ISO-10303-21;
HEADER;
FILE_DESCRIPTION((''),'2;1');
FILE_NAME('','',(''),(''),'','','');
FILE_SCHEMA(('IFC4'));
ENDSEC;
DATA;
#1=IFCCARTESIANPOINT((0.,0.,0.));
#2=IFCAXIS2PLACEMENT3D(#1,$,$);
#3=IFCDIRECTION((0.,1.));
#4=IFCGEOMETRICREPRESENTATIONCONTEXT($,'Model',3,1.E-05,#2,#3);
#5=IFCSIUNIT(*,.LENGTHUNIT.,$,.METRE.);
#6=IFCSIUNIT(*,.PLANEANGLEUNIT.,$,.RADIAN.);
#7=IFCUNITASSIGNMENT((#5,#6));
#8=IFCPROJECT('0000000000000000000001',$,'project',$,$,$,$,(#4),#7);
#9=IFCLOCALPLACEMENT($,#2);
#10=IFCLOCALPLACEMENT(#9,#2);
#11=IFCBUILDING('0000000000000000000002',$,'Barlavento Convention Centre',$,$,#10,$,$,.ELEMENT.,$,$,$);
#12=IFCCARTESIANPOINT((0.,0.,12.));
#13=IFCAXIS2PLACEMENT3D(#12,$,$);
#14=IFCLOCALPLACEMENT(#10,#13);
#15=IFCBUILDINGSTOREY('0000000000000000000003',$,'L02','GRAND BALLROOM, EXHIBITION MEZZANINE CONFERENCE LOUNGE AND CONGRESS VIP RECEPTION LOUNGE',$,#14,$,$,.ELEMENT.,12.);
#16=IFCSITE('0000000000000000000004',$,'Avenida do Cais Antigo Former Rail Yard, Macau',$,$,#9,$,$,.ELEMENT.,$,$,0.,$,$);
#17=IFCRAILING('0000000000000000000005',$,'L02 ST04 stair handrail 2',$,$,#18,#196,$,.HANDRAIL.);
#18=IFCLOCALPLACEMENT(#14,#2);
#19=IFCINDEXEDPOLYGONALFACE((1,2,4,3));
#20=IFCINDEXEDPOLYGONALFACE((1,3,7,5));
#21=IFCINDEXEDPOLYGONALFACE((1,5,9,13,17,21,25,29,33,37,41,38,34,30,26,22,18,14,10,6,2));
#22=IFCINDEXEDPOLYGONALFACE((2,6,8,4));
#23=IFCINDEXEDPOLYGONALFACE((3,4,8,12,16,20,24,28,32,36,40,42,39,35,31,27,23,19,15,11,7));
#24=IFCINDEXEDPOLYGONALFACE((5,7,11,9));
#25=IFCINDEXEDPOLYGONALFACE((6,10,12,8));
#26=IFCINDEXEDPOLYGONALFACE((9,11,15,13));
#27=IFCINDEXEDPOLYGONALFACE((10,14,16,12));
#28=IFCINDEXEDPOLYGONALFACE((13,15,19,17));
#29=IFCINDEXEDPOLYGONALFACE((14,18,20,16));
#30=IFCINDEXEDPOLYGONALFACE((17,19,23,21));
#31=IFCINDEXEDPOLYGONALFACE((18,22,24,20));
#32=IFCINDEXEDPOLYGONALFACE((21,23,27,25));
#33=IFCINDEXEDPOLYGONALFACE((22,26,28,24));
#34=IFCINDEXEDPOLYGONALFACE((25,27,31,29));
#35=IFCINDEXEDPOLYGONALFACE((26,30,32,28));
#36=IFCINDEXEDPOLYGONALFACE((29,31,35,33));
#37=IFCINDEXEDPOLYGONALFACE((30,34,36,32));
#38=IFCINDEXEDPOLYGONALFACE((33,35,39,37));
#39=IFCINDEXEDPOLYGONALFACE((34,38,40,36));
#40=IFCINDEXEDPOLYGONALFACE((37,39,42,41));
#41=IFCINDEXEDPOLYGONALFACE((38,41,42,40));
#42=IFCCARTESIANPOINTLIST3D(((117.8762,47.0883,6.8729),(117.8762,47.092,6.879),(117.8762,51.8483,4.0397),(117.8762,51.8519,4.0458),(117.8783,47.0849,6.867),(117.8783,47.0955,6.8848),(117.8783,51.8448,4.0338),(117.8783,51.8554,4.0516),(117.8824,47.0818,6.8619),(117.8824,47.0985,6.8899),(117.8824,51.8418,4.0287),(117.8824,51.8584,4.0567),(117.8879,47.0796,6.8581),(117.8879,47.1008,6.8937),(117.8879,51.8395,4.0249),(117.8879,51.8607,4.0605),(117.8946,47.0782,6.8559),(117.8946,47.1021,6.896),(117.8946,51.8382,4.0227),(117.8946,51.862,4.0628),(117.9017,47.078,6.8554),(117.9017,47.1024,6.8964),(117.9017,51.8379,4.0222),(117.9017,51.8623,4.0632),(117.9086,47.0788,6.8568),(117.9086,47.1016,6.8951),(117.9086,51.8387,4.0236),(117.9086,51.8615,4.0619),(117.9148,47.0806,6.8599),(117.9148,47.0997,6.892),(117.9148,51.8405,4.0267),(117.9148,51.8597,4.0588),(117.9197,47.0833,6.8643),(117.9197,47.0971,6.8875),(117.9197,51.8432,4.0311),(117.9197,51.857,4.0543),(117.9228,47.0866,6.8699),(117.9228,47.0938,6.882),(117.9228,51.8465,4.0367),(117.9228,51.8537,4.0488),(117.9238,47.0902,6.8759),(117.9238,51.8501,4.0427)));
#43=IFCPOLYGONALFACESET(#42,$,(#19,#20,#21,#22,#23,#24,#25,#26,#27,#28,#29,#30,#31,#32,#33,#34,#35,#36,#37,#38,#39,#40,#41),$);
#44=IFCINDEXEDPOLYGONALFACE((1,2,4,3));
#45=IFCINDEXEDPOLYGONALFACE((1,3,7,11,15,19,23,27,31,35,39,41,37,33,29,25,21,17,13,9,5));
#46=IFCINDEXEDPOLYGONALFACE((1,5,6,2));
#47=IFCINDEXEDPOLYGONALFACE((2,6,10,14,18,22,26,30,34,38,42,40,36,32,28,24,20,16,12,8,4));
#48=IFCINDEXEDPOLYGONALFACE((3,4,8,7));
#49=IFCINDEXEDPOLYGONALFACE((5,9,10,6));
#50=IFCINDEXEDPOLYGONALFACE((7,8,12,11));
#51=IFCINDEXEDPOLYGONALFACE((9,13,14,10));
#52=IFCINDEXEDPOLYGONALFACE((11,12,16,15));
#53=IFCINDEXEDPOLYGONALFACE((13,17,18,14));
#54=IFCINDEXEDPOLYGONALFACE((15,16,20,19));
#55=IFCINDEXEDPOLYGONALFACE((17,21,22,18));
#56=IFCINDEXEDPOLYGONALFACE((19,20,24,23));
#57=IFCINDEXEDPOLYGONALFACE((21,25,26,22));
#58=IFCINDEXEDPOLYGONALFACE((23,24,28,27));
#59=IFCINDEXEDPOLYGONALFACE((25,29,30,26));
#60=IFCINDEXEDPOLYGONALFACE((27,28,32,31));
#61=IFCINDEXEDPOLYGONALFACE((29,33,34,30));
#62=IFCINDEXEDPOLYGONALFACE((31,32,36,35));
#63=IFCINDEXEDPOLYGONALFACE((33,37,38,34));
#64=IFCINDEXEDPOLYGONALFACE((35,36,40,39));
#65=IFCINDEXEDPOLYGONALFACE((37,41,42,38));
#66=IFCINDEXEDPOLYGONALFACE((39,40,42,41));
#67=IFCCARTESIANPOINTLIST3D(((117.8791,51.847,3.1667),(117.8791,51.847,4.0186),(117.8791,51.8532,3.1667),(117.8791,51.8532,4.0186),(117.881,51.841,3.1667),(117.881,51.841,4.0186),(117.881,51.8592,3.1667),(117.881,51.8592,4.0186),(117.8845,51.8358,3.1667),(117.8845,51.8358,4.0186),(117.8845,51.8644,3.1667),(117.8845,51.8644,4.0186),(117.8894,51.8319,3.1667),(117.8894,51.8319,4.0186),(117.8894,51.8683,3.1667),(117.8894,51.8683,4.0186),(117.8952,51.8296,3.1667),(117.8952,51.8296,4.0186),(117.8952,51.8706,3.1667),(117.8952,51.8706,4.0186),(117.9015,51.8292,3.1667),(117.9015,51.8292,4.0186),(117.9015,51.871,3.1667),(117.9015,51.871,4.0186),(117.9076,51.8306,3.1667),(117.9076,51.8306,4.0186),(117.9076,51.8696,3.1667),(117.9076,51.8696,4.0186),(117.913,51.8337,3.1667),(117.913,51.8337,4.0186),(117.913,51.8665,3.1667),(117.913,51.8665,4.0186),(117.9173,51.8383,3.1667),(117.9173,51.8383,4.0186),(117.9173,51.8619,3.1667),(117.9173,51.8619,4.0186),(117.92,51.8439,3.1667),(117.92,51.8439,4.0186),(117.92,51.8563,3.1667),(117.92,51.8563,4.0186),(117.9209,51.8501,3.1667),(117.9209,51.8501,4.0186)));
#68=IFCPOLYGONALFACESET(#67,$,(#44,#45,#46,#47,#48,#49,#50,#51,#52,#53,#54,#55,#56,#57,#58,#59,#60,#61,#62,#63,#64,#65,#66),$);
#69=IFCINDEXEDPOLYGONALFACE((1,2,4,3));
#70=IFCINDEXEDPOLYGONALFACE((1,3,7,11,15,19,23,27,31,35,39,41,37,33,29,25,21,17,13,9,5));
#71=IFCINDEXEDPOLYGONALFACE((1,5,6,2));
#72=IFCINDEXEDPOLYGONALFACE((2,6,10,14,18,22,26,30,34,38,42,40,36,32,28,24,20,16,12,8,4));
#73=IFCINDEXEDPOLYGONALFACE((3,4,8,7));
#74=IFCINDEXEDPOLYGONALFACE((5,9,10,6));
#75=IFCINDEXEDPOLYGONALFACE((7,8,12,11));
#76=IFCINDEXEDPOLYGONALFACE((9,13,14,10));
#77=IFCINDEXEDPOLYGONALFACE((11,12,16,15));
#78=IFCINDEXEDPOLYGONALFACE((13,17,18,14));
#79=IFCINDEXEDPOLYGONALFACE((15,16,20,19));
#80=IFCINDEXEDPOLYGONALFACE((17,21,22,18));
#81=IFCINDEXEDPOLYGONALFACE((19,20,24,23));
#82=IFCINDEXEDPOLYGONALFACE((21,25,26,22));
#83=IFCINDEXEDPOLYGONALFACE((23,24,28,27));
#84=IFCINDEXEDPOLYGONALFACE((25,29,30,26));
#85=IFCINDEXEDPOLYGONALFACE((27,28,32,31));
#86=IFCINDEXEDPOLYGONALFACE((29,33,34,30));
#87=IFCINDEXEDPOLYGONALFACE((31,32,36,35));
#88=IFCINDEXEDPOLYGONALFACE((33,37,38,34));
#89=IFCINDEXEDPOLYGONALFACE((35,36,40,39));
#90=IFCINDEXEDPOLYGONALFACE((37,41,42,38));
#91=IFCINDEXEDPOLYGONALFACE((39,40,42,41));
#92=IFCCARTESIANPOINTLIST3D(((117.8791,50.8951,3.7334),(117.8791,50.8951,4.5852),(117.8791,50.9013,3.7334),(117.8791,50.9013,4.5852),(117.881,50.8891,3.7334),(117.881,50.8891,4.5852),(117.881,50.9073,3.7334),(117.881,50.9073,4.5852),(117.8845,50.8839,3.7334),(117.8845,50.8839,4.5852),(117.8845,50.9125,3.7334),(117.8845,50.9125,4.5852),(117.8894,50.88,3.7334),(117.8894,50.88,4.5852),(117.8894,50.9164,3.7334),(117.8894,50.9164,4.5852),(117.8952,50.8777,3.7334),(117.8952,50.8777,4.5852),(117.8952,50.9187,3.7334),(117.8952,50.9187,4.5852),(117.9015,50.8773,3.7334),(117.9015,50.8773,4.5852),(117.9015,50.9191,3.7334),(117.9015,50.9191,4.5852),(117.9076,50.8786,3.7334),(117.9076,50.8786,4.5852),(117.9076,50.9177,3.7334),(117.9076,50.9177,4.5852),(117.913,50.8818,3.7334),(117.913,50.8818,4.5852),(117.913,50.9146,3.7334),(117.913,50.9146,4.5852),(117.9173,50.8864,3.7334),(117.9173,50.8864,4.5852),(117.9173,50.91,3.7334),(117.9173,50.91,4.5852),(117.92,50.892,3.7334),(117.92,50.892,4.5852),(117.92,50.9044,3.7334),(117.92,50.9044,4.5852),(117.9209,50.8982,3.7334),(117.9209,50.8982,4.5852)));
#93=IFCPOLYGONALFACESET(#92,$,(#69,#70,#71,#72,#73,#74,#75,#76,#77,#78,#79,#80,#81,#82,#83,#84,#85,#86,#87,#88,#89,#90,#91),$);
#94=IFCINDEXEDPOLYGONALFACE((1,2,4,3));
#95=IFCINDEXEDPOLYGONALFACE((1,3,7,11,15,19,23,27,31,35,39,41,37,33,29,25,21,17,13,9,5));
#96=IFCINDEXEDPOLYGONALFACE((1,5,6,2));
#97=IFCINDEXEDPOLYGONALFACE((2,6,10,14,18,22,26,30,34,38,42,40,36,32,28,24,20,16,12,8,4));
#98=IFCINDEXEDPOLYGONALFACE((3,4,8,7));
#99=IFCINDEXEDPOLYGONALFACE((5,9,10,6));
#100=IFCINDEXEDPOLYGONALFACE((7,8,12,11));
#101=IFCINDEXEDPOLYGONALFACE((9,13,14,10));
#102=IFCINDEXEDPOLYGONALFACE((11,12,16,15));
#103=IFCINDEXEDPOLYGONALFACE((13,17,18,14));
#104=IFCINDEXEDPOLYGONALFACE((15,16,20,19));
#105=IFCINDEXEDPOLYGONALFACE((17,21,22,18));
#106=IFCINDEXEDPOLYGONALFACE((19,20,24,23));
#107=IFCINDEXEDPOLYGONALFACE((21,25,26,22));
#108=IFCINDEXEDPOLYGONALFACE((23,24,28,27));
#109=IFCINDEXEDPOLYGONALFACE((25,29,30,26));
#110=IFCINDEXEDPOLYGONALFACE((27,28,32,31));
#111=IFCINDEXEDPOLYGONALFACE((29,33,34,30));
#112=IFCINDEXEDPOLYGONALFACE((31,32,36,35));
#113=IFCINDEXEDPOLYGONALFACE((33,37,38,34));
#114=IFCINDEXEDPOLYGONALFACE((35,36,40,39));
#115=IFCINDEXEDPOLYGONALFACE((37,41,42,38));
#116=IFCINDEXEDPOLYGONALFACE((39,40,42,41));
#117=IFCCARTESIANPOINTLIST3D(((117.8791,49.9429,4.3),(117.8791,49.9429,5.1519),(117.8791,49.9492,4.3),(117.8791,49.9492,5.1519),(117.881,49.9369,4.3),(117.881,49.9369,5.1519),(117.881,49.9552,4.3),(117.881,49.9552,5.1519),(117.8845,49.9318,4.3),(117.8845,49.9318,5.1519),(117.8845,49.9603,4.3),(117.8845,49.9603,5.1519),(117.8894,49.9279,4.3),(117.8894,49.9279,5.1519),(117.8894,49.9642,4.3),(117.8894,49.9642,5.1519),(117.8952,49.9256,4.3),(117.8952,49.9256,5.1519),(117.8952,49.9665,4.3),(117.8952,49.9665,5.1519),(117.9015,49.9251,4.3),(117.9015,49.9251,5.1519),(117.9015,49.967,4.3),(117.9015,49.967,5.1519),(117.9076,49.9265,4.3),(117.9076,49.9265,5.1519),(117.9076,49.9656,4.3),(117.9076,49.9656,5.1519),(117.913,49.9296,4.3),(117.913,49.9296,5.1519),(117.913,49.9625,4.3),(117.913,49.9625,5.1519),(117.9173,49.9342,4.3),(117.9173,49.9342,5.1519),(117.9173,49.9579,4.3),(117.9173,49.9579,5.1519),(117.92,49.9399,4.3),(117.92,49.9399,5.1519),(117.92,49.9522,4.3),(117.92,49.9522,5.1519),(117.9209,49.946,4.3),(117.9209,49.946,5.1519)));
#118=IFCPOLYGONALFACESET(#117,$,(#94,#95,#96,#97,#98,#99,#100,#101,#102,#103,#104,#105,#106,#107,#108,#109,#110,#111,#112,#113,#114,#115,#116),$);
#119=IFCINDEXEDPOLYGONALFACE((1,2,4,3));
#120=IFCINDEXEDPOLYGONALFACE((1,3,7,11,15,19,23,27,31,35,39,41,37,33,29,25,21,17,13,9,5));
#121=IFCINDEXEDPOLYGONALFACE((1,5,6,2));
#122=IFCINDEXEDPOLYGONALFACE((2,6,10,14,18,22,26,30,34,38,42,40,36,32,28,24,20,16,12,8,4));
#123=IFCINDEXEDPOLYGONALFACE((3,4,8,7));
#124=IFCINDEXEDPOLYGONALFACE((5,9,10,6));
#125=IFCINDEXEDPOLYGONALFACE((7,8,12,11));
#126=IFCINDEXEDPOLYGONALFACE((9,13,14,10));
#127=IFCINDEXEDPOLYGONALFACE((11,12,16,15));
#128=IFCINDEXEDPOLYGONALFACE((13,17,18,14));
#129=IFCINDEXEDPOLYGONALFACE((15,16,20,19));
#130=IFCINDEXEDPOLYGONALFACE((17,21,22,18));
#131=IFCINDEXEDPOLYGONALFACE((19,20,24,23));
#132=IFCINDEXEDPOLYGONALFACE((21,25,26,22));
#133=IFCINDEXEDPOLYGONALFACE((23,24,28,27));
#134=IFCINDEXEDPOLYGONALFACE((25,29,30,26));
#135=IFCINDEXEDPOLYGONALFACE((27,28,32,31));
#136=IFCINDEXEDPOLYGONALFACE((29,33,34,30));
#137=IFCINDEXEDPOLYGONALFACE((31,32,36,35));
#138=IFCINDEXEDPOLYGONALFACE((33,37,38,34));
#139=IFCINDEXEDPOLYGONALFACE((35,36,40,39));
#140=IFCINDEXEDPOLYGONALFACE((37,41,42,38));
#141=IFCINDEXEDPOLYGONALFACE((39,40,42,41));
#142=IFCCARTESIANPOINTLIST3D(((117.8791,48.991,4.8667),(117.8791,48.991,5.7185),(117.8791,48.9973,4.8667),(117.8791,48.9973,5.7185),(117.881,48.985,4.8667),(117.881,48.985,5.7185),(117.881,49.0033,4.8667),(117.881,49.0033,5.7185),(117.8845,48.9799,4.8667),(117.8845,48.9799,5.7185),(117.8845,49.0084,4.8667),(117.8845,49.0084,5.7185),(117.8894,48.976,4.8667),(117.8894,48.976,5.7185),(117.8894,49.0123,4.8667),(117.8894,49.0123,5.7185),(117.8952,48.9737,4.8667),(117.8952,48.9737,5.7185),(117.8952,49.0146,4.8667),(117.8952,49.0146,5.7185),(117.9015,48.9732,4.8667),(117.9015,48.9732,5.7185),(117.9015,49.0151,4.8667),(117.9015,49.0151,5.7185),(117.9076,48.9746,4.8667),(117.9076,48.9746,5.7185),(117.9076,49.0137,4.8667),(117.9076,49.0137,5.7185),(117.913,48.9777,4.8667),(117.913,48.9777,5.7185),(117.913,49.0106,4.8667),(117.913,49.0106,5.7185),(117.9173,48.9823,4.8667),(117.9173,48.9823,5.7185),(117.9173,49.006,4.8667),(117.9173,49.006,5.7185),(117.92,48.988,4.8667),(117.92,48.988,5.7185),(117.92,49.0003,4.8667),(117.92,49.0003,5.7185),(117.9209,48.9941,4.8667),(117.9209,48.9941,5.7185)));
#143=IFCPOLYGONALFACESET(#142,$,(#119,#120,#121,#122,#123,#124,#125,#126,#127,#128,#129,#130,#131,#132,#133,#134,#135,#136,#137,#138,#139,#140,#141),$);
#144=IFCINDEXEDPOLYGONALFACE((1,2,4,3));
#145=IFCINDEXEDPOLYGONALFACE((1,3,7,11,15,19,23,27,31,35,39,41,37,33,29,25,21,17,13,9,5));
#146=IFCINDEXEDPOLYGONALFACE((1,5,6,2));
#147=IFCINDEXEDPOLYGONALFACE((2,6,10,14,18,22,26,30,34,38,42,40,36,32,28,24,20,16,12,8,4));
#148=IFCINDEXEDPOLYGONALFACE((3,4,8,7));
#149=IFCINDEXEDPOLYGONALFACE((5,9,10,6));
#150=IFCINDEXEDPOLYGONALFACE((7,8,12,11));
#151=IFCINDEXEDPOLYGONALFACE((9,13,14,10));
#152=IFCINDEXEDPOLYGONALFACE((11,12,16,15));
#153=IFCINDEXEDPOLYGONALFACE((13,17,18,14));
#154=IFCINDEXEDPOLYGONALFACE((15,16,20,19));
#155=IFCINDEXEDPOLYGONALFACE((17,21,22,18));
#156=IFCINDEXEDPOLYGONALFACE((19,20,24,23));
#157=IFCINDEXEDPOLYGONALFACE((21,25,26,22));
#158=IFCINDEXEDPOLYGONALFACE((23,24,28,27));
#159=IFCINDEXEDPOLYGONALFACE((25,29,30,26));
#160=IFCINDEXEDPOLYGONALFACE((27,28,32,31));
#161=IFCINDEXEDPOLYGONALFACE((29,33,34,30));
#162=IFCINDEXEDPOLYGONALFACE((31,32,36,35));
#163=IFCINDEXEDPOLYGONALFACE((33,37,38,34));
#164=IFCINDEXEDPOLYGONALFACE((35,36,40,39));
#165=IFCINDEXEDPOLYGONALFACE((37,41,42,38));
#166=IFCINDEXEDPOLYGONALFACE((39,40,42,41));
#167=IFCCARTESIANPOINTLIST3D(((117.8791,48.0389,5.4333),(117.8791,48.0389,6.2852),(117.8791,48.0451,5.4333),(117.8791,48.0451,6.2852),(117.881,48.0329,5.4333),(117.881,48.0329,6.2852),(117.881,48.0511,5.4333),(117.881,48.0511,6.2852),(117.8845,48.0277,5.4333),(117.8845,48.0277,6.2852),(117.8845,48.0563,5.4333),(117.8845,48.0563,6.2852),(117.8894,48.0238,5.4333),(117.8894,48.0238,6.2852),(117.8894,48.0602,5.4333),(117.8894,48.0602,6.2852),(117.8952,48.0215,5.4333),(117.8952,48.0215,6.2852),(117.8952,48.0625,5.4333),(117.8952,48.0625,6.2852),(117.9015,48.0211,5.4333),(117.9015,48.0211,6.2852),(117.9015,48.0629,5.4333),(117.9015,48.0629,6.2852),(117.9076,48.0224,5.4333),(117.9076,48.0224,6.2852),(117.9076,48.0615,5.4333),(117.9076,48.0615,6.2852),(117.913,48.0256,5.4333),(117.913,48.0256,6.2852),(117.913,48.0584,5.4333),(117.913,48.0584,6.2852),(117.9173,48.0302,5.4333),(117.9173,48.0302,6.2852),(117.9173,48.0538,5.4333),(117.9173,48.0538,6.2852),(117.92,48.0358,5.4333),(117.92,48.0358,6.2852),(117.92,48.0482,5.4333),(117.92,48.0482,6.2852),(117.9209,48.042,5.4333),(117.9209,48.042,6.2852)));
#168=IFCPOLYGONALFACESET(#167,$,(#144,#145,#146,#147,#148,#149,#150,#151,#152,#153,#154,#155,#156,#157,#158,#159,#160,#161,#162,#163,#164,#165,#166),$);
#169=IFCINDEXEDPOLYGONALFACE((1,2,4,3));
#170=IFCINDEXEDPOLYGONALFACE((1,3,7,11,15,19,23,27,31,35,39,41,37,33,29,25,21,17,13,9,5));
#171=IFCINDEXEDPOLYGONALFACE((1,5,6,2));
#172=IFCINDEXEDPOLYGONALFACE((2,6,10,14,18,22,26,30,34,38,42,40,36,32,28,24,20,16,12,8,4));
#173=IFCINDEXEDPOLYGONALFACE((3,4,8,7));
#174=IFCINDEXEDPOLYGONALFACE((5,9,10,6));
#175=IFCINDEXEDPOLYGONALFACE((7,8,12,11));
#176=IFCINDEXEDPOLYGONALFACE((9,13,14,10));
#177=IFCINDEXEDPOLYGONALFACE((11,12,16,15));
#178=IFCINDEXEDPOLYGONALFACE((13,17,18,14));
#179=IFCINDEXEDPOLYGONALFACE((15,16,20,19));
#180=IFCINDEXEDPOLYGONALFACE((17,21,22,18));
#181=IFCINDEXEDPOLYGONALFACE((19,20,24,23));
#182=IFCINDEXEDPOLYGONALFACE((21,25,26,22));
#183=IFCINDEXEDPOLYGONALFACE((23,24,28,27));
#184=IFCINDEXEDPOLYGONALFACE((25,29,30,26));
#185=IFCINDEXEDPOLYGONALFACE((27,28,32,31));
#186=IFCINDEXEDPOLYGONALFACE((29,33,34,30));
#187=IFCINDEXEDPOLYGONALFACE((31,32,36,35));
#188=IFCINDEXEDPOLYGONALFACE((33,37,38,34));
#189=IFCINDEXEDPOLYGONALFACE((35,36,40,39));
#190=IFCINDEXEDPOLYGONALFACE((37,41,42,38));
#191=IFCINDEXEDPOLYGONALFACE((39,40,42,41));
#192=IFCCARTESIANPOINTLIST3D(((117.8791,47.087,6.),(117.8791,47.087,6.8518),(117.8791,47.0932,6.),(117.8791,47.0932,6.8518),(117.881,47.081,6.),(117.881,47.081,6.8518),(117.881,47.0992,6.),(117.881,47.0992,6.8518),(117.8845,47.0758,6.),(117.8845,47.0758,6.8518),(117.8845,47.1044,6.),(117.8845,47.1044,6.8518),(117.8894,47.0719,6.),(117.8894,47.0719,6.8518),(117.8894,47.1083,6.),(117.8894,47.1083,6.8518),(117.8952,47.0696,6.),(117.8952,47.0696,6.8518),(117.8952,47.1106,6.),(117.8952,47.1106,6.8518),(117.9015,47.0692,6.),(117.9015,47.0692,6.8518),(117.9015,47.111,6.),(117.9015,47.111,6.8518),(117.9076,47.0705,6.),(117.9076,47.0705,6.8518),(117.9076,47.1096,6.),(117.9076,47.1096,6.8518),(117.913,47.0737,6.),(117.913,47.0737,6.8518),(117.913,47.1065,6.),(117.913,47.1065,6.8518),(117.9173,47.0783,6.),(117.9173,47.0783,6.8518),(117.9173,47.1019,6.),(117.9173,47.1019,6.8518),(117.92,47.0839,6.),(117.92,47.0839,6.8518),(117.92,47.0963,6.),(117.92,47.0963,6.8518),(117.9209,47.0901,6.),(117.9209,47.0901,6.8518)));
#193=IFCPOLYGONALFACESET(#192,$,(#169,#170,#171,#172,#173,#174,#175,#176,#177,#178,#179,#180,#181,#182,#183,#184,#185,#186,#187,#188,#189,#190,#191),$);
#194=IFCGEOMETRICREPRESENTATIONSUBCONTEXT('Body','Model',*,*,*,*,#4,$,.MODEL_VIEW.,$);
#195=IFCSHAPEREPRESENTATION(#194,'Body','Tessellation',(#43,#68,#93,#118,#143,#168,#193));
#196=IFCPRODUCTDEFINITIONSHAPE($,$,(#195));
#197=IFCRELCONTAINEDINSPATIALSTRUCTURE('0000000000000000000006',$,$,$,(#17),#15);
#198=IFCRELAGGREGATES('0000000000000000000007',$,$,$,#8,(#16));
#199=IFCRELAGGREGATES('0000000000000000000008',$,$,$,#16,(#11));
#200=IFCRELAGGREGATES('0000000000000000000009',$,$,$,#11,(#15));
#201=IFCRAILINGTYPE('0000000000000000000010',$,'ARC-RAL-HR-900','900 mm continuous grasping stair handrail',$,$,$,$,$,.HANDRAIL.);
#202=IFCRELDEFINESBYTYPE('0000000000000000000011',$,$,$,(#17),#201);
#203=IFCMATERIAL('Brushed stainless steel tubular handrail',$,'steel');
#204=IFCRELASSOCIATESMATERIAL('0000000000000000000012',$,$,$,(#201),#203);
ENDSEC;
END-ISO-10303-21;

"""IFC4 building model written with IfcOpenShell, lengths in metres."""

from ifc_helpers import new_model, si_unit, direction, frame, origin, origin_2d, place, context, subcontext, project, spatial, circle, extrude, material, type_object, element, save


model = new_model("IFC4")

# Units and contexts
model_context = context("Model", 3, precision=1e-05, world=origin(), true_north=direction((0.0, 1.0)))
body_context = subcontext(model_context, "Body", "Model", "MODEL_VIEW")
ifc_project = project(units=[si_unit("LENGTHUNIT", "METRE"), si_unit("PLANEANGLEUNIT", "RADIAN")], contexts=[model_context])

# Site, building, storey
site_placement = place(None, origin())
site = spatial("IfcSite", under=ifc_project, at=site_placement, Name="Avenida do Cais Antigo Former Rail Yard, Macau", CompositionType="ELEMENT", RefElevation=0.0)
building_placement = place(site_placement, origin())
building = spatial("IfcBuilding", under=site, at=building_placement, Name="Barlavento Convention Centre", CompositionType="ELEMENT")
storey_placement = place(building_placement, frame((0.0, 0.0, 12.0)))
storey = spatial("IfcBuildingStorey", under=building, at=storey_placement, Name="L02", Description="GRAND BALLROOM, EXHIBITION MEZZANINE CONFERENCE LOUNGE AND CONGRESS VIP RECEPTION LOUNGE", CompositionType="ELEMENT", Elevation=12.0)

# Railing
ifc_material_1 = material(Name="Brushed stainless steel tubular handrail", Category="steel")
railing_type_1 = type_object("IfcRailingType", Name="ARC-RAL-HR-900", Description="900 mm continuous grasping stair handrail", PredefinedType="HANDRAIL", material=ifc_material_1)
railing_1_placement = place(storey_placement, frame((117.8999, 51.8501, 3.1667)))
element("IfcRailing", 1, at=railing_1_placement, inside=storey, type_object=railing_type_1, Name="L02 ST04 stair handrail 2", PredefinedType="HANDRAIL", context=body_context, shape_type="SweptSolid", body=[
    extrude(circle(Radius=0.0239, at=origin_2d()), frame((0.0, 0.0, 0.876), z_axis=(0.0, -0.8593, 0.511472), x_axis=(1.0, 0.0, 0.0)), (0.0, 0.0, 1.0), 5.5393),
    extrude(circle(Radius=0.021, at=origin_2d()), origin(), (0.0, 0.0, 1.0), 0.8518),
    extrude(circle(Radius=0.021, at=origin_2d()), frame((0.0, -0.9519, 0.5667)), (0.0, 0.0, 1.0), 0.8518),
    extrude(circle(Radius=0.021, at=origin_2d()), frame((0.0, -1.9041, 1.1333)), (0.0, 0.0, 1.0), 0.8518),
    extrude(circle(Radius=0.021, at=origin_2d()), frame((0.0, -2.856, 1.7)), (0.0, 0.0, 1.0), 0.8518),
    extrude(circle(Radius=0.021, at=origin_2d()), frame((0.0, -3.8081, 2.2666)), (0.0, 0.0, 1.0), 0.8518),
    extrude(circle(Radius=0.021, at=origin_2d()), frame((0.0, -4.76, 2.8333)), (0.0, 0.0, 1.0), 0.8518),
])

save(model, "model.ifc")
